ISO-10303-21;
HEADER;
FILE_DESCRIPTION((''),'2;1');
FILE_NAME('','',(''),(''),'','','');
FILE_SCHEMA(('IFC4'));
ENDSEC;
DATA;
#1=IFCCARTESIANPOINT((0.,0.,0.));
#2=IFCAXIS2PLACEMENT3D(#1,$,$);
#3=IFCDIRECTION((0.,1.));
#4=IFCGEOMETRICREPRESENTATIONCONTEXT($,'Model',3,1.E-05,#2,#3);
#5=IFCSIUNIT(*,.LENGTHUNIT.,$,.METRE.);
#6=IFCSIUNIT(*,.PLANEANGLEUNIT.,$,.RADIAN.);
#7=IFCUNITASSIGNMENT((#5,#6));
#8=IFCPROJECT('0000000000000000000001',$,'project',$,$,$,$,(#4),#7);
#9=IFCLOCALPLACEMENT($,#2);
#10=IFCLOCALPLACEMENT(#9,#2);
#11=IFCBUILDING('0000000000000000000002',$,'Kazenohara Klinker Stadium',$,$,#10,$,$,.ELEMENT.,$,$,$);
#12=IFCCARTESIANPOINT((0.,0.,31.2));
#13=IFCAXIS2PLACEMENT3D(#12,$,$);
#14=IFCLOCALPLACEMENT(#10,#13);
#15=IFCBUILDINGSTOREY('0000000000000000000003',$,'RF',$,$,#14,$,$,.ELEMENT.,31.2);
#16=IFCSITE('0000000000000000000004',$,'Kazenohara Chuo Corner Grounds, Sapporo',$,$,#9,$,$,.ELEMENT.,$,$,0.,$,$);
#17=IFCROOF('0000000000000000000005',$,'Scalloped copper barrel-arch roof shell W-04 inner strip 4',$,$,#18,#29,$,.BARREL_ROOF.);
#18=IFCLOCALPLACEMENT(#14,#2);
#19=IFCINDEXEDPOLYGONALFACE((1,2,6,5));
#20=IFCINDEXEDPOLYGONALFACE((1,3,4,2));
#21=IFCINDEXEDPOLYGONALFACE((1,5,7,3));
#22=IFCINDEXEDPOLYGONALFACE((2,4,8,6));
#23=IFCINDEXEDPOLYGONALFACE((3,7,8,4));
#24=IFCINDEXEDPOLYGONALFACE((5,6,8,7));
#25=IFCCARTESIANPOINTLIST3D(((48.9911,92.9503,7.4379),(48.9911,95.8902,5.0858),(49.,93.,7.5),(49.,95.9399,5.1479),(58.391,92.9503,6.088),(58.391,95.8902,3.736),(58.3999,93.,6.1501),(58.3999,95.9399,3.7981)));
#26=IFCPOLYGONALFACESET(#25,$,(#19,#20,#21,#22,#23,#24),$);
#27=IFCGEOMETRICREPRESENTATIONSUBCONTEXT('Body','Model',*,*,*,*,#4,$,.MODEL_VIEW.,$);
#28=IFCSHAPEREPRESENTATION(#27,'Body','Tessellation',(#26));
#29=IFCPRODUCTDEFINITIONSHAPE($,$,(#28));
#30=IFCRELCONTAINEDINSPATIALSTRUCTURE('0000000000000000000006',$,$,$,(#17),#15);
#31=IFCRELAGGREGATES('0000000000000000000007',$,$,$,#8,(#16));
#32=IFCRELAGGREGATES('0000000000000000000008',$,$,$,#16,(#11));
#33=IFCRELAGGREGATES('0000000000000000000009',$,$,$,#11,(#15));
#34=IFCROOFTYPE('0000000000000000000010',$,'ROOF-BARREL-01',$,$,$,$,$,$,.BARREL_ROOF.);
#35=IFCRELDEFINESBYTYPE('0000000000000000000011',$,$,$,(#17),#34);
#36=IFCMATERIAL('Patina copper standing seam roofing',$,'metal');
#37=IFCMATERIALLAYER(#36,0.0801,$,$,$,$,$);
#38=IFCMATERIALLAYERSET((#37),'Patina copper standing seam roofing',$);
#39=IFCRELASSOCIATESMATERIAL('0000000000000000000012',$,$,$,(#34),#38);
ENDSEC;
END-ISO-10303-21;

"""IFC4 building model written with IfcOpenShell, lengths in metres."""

from ifc_helpers import new_model, si_unit, direction, frame, origin, place, context, subcontext, project, spatial, polyline, outline, extrude, material, layer, layer_set, type_object, element, save


model = new_model("IFC4")

# Units and contexts
model_context = context("Model", 3, precision=1e-05, world=origin(), true_north=direction((0.0, 1.0)))
body_context = subcontext(model_context, "Body", "Model", "MODEL_VIEW")
ifc_project = project(units=[si_unit("LENGTHUNIT", "METRE"), si_unit("PLANEANGLEUNIT", "RADIAN")], contexts=[model_context])

# Site, building, storey
site_placement = place(None, origin())
site = spatial("IfcSite", under=ifc_project, at=site_placement, Name="Kazenohara Chuo Corner Grounds, Sapporo", CompositionType="ELEMENT", RefElevation=0.0)
building_placement = place(site_placement, origin())
building = spatial("IfcBuilding", under=site, at=building_placement, Name="Kazenohara Klinker Stadium", CompositionType="ELEMENT")
storey_placement = place(building_placement, frame((0.0, 0.0, 31.2)))
storey = spatial("IfcBuildingStorey", under=building, at=storey_placement, Name="RF", CompositionType="ELEMENT", Elevation=31.2)

# Roof
ifc_material_1 = material(Name="Patina copper standing seam roofing", Category="metal")
ifc_layer_1 = layer(ifc_material_1, 0.0801)
ifc_layer_set_1 = layer_set([ifc_layer_1], Name="Patina copper standing seam roofing")
roof_type = type_object("IfcRoofType", Name="ROOF-BARREL-01", PredefinedType="BARREL_ROOF", material=ifc_layer_set_1)
roof_placement = place(storey_placement, frame((49.0, 93.0, 7.5), z_axis=(0.111435, 0.62082, 0.775993), x_axis=(0.989846, 0.0, -0.142145)))
element("IfcRoof", 1, at=roof_placement, inside=storey, type_object=roof_type, Name="Scalloped copper barrel-arch roof shell W-04 inner strip 4", PredefinedType="BARREL_ROOF", context=body_context, shape_type="SweptSolid", body=[
    extrude(outline(polyline([(0.0, 0.0), (9.4963, 0.0), (9.8307, 3.7501), (0.3343, 3.7501), (0.0, 0.0)])), origin(), (0.0, 0.0, -1.0), 0.0801),
])

save(model, "model.ifc")
